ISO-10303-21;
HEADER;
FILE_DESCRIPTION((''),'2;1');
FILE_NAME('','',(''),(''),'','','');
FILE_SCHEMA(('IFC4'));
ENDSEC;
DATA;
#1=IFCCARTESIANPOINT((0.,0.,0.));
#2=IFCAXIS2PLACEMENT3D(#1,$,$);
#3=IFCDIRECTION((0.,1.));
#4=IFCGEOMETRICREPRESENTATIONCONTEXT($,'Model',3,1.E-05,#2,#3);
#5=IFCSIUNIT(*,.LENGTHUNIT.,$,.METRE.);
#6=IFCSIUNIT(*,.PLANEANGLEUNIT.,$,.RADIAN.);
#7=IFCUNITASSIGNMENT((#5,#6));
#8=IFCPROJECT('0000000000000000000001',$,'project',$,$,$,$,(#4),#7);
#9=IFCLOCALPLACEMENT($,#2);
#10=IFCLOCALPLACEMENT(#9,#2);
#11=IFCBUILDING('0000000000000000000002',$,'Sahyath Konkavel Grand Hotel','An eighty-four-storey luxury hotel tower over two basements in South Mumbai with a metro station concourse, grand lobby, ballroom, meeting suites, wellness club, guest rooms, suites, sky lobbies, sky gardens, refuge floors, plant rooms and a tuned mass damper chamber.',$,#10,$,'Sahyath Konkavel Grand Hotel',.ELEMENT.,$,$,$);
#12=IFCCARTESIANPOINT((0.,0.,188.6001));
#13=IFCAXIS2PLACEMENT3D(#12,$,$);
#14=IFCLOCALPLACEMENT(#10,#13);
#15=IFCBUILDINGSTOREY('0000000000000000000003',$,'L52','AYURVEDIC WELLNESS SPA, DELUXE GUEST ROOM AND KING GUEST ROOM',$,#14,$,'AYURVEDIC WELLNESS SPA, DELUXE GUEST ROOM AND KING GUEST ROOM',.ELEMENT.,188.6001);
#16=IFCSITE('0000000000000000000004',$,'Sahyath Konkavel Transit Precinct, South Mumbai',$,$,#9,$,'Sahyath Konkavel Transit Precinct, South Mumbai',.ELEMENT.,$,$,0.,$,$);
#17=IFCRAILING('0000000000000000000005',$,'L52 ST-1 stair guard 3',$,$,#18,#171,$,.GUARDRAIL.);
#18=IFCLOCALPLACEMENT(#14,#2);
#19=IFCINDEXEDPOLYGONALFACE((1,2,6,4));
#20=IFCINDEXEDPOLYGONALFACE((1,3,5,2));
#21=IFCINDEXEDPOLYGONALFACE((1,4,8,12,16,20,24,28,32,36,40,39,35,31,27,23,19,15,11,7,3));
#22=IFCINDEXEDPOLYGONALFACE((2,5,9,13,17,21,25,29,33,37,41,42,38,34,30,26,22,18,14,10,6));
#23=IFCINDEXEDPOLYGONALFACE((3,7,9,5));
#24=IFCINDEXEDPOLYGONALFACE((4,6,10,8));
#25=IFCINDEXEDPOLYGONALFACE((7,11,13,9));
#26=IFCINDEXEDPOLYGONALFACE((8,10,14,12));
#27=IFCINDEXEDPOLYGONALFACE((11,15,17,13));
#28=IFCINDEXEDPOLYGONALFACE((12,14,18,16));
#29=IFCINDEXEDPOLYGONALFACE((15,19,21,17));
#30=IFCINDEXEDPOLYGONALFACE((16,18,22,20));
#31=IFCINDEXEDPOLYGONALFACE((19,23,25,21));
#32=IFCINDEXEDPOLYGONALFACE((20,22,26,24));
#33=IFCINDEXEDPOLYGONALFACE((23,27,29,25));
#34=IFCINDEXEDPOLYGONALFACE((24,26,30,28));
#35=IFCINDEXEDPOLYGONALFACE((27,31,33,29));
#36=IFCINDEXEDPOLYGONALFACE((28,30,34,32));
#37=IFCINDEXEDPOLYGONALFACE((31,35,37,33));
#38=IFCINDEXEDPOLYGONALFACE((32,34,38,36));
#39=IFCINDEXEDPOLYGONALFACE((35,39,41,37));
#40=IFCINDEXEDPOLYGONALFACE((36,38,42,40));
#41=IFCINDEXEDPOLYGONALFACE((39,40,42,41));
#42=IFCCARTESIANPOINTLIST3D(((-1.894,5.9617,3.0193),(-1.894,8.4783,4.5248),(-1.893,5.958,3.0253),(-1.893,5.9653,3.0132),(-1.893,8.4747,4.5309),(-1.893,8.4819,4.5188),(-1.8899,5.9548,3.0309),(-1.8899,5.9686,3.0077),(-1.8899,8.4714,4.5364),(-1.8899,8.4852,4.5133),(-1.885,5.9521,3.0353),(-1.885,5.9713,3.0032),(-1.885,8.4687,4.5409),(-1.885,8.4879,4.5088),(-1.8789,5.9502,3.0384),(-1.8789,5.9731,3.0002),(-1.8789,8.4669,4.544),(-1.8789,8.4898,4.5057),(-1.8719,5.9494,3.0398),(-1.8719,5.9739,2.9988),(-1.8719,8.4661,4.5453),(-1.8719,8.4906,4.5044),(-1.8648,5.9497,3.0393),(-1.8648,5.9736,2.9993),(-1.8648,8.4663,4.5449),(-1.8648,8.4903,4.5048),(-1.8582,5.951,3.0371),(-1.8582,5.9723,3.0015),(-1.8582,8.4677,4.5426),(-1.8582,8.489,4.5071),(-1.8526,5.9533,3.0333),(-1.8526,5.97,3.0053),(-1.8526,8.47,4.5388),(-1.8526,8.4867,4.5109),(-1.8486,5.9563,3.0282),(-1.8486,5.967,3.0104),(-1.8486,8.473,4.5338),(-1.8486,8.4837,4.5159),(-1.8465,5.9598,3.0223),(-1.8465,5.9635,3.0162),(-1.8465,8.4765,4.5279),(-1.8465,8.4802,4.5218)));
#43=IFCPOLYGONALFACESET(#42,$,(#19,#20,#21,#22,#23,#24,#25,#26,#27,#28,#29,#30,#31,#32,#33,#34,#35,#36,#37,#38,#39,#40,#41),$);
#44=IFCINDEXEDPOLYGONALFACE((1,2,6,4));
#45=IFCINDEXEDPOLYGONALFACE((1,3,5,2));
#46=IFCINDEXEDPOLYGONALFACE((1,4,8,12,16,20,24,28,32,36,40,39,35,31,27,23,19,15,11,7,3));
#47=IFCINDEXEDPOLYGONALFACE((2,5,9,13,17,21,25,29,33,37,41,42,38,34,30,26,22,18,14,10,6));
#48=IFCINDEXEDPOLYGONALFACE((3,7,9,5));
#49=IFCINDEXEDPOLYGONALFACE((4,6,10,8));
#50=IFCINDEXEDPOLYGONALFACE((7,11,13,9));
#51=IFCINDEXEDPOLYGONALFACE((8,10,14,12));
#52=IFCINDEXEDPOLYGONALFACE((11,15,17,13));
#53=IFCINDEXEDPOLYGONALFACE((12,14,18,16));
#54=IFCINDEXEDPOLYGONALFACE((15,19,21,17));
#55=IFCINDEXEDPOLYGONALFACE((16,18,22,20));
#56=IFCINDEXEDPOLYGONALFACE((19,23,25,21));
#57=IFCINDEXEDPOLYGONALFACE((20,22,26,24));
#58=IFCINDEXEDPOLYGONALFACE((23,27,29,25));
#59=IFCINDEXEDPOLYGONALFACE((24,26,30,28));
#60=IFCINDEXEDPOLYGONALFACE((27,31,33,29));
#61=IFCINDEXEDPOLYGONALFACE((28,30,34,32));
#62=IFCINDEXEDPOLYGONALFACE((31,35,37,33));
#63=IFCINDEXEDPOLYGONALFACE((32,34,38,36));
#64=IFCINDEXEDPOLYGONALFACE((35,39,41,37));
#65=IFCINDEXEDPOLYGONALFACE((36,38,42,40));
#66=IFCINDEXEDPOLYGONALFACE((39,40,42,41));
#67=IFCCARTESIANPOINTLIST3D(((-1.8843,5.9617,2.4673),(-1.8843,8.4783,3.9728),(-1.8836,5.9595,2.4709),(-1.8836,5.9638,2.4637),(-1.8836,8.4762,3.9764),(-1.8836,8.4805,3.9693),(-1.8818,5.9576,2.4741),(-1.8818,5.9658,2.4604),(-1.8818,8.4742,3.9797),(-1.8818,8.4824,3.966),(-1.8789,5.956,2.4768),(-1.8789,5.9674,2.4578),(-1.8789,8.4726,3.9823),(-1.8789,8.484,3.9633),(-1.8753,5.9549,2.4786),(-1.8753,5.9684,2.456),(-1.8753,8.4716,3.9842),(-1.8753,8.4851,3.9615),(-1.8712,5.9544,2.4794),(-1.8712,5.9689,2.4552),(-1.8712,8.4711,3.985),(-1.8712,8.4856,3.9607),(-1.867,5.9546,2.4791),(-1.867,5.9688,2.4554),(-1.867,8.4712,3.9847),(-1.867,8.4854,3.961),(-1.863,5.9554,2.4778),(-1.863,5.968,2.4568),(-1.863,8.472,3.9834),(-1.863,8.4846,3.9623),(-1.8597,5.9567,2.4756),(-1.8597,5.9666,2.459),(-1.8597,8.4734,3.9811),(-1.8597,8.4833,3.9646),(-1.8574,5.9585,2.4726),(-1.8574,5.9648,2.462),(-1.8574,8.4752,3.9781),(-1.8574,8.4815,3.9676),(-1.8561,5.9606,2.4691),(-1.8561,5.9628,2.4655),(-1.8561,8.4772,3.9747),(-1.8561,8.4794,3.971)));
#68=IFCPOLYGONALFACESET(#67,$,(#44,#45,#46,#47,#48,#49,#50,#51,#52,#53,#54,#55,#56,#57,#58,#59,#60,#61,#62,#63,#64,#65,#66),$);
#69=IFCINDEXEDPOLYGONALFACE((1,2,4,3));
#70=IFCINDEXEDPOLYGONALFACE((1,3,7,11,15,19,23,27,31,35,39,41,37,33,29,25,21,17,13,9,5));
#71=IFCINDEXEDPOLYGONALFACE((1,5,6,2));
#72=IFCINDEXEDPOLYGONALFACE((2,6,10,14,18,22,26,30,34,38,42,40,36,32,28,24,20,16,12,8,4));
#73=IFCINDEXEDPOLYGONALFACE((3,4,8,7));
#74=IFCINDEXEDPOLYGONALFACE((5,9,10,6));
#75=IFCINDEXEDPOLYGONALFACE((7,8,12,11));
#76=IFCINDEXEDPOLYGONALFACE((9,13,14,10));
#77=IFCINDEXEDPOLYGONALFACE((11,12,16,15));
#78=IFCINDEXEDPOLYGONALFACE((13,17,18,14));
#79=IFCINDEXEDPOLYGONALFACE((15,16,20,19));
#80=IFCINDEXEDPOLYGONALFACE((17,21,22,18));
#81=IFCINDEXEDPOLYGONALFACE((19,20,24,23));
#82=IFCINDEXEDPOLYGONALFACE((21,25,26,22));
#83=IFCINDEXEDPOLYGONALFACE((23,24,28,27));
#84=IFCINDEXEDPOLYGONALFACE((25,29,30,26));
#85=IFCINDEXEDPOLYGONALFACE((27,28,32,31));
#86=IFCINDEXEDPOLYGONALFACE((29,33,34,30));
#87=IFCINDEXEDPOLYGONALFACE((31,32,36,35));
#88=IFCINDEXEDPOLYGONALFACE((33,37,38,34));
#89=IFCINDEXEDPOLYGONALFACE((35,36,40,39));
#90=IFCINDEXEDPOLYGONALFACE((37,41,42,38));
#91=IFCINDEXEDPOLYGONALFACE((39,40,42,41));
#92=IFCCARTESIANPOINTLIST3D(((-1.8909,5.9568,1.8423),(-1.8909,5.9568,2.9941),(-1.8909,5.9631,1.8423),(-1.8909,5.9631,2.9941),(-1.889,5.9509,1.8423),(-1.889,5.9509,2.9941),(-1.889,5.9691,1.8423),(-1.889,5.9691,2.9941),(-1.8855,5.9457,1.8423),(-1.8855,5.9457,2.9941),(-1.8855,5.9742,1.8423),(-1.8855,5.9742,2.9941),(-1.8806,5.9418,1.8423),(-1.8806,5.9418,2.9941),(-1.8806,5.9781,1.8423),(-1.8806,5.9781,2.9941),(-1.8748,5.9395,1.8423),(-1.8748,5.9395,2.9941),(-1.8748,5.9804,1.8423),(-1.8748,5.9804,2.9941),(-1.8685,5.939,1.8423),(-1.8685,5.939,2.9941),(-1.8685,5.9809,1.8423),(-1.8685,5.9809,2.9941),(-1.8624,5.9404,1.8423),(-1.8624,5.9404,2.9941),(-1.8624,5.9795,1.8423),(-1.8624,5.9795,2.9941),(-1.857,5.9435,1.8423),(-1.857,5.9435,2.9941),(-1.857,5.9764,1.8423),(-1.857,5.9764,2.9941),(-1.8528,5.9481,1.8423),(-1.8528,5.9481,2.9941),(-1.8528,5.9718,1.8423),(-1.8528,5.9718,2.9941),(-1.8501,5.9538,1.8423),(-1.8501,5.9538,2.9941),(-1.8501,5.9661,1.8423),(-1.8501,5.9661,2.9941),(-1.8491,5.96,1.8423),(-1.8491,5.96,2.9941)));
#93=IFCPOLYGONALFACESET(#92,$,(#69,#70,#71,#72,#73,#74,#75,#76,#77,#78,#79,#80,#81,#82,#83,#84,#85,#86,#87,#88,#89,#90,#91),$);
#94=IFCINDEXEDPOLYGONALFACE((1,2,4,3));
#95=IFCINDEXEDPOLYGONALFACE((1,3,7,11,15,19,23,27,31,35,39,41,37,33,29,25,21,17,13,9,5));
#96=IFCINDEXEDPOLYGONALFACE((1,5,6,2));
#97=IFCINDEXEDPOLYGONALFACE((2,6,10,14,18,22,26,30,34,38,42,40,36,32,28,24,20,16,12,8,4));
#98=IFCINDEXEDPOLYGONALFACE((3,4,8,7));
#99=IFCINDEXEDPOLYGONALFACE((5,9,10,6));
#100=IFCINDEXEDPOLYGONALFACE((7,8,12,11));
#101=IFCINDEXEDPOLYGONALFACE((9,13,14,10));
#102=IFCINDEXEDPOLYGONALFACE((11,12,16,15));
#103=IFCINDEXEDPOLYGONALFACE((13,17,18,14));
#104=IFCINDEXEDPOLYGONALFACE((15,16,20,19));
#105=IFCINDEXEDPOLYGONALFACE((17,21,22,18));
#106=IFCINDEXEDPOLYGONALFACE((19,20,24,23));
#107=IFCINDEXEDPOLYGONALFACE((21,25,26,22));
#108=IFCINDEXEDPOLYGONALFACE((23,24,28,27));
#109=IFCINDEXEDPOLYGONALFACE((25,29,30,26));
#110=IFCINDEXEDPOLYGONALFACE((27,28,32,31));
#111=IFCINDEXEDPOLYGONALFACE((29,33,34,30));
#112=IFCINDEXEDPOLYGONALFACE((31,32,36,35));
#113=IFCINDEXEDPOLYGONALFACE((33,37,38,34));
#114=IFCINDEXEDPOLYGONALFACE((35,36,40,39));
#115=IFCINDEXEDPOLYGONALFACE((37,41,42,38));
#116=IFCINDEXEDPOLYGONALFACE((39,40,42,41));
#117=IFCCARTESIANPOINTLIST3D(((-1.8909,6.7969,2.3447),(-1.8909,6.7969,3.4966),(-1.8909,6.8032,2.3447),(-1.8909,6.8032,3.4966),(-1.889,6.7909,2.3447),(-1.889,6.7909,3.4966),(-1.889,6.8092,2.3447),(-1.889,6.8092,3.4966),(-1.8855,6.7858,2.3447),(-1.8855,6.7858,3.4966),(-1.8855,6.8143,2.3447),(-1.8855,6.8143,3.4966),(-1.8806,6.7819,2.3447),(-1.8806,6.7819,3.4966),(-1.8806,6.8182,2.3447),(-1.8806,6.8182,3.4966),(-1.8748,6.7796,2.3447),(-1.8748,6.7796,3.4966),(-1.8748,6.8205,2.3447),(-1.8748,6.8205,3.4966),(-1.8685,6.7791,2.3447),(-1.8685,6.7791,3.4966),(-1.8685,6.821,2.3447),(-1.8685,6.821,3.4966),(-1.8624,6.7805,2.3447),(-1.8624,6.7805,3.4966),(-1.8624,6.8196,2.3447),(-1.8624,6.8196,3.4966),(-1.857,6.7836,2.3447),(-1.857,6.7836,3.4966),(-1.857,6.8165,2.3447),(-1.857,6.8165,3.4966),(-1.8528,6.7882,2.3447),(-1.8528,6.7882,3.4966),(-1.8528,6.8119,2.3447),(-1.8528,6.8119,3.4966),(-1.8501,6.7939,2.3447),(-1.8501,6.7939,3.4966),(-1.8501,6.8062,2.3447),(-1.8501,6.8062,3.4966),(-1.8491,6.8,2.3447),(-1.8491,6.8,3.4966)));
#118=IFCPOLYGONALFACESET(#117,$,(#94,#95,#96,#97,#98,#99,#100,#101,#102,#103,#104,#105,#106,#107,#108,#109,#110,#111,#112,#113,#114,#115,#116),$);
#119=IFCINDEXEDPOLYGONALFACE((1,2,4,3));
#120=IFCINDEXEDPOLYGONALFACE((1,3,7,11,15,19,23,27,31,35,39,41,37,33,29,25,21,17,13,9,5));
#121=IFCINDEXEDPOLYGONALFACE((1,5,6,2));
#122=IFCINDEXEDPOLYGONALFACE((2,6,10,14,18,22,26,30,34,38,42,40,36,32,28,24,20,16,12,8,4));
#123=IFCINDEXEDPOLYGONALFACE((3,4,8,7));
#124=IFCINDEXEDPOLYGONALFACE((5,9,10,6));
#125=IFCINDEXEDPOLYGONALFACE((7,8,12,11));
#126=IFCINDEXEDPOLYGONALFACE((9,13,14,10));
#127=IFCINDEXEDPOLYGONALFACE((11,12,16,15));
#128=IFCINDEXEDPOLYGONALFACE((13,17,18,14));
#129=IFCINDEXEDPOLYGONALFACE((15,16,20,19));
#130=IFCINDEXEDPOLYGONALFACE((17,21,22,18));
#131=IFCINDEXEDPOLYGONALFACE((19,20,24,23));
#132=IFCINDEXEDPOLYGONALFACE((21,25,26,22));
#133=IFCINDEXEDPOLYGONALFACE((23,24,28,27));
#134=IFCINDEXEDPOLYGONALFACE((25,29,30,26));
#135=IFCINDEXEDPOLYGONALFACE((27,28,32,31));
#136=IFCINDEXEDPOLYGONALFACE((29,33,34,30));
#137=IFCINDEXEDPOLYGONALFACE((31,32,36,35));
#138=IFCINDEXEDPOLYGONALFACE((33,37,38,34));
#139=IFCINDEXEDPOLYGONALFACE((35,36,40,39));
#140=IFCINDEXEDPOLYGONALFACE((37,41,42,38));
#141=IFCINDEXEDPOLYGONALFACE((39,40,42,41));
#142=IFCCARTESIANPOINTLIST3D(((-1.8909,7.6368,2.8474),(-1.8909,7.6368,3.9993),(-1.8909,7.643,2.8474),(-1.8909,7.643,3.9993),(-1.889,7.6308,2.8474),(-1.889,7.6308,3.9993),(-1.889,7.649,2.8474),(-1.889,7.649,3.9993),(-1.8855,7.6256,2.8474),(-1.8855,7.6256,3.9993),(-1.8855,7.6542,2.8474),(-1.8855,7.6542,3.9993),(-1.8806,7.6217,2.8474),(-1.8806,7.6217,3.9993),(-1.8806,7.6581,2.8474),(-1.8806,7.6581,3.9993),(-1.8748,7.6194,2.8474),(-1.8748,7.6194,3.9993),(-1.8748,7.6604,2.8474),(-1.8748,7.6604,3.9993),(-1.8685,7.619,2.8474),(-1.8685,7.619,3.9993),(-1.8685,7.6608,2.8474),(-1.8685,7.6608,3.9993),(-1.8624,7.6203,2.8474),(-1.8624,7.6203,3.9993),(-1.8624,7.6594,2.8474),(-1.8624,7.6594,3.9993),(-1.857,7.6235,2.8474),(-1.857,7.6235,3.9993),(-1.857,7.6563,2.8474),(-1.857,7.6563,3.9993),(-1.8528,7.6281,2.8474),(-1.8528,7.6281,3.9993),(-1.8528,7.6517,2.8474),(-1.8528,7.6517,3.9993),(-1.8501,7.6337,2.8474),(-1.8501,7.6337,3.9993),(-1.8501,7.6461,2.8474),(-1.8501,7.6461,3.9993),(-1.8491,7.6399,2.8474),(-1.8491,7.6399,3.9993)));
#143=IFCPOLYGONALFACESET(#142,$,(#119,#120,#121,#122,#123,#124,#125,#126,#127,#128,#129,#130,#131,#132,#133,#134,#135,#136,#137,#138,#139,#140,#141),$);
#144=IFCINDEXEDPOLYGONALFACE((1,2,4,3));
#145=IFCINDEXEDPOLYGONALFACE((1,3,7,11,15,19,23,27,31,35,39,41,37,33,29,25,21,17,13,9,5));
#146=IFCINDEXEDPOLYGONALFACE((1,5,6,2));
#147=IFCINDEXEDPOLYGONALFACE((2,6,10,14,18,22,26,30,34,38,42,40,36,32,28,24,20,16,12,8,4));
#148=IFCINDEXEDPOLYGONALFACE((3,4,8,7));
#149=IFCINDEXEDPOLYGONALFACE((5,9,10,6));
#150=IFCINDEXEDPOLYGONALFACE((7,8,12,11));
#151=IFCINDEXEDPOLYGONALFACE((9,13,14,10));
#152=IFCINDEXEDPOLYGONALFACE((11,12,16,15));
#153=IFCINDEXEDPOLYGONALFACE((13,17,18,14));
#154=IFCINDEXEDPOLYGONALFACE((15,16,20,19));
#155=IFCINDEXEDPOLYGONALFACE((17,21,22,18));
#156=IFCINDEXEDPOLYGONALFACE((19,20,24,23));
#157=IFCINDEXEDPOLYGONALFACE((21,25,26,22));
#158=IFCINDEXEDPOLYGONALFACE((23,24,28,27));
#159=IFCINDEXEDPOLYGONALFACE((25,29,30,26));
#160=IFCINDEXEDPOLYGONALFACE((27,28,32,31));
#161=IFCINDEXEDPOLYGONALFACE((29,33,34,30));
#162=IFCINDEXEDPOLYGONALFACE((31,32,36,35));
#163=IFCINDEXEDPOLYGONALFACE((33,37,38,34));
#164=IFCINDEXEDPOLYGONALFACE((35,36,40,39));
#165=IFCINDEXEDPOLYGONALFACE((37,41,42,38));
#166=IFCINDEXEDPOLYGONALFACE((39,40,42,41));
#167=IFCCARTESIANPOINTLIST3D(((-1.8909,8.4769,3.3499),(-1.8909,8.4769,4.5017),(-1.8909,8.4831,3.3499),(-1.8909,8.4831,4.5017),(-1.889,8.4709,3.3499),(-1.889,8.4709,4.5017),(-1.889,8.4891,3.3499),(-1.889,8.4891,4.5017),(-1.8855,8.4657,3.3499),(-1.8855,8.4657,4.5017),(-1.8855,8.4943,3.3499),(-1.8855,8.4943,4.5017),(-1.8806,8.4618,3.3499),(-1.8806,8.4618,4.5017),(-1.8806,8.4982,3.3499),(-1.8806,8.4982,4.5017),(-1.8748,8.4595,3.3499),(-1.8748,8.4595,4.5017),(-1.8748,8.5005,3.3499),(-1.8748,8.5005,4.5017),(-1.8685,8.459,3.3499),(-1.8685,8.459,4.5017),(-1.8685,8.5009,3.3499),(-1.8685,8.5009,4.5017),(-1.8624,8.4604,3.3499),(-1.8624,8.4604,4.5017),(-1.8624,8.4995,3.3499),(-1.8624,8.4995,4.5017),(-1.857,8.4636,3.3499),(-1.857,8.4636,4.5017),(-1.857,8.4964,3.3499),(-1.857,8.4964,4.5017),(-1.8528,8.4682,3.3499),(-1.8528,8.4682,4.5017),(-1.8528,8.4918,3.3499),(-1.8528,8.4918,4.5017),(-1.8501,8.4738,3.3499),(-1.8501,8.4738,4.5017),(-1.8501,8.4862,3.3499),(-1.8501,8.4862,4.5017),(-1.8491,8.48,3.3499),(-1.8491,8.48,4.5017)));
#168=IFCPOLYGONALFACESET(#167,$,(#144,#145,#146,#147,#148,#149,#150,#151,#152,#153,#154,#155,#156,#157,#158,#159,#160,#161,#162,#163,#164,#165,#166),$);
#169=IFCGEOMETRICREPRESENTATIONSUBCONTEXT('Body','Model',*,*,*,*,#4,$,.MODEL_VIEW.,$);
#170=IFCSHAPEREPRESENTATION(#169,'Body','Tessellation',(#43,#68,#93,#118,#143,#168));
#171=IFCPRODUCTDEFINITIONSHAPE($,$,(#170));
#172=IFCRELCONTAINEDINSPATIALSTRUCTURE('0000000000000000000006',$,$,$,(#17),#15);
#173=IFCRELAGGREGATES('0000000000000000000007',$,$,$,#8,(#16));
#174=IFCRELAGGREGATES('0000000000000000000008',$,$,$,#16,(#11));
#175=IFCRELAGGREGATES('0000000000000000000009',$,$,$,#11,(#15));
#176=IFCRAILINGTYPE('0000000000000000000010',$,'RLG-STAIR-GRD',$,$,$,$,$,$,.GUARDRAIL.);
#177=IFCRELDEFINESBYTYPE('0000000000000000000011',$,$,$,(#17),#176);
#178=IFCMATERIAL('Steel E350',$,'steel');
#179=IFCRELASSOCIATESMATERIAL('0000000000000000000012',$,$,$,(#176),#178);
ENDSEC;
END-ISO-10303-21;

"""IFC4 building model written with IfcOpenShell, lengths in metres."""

from ifc_helpers import new_model, si_unit, direction, frame, origin, origin_2d, place, context, subcontext, project, spatial, circle, extrude, material, type_object, element, save


model = new_model("IFC4")

# Units and contexts
model_context = context("Model", 3, precision=1e-05, world=origin(), true_north=direction((0.0, 1.0)))
body_context = subcontext(model_context, "Body", "Model", "MODEL_VIEW")
ifc_project = project(units=[si_unit("LENGTHUNIT", "METRE"), si_unit("PLANEANGLEUNIT", "RADIAN")], contexts=[model_context])

# Site, building, storey
site_placement = place(None, origin())
site = spatial("IfcSite", under=ifc_project, at=site_placement, Name="Sahyath Konkavel Transit Precinct, South Mumbai", LongName="Sahyath Konkavel Transit Precinct, South Mumbai", CompositionType="ELEMENT", RefElevation=0.0)
building_placement = place(site_placement, origin())
building = spatial("IfcBuilding", under=site, at=building_placement, Name="Sahyath Konkavel Grand Hotel", Description="An eighty-four-storey luxury hotel tower over two basements in South Mumbai with a metro station concourse, grand lobby, ballroom, meeting suites, wellness club, guest rooms, suites, sky lobbies, sky gardens, refuge floors, plant rooms and a tuned mass damper chamber.", LongName="Sahyath Konkavel Grand Hotel", CompositionType="ELEMENT")
storey_placement = place(building_placement, frame((0.0, 0.0, 188.6001)))
storey = spatial("IfcBuildingStorey", under=building, at=storey_placement, Name="L52", Description="AYURVEDIC WELLNESS SPA, DELUXE GUEST ROOM AND KING GUEST ROOM", LongName="AYURVEDIC WELLNESS SPA, DELUXE GUEST ROOM AND KING GUEST ROOM", CompositionType="ELEMENT", Elevation=188.6001)

# Shared definitions
ifc_material_1 = material(Name="Steel E350", Category="steel")

# Railing
railing_type = type_object("IfcRailingType", Name="RLG-STAIR-GRD", PredefinedType="GUARDRAIL", material=ifc_material_1)
railing_1_placement = place(storey_placement, frame((-1.8701, 5.96, 1.8423)))
element("IfcRailing", 1, at=railing_1_placement, inside=storey, type_object=railing_type, Name="L52 ST-1 stair guard 3", PredefinedType="GUARDRAIL", context=body_context, shape_type="SweptSolid", body=[
    extrude(circle(Radius=0.0239, at=origin_2d()), frame((0.0, 0.0017, 1.177), z_axis=(0.0, 0.85816, 0.513383), x_axis=(-1.0, 0.0, 0.0)), (0.0, 0.0, 1.0), 2.9326),
    extrude(circle(Radius=0.0142, at=origin_2d()), frame((0.0, 0.0017, 0.625), z_axis=(0.0, 0.85816, 0.513383), x_axis=(-1.0, 0.0, 0.0)), (0.0, 0.0, 1.0), 2.9326),
    extrude(circle(Radius=0.021, at=origin_2d()), origin(), (0.0, 0.0, 1.0), 1.1519),
    extrude(circle(Radius=0.021, at=origin_2d()), frame((0.0, 0.8401, 0.5024)), (0.0, 0.0, 1.0), 1.1519),
    extrude(circle(Radius=0.021, at=origin_2d()), frame((0.0, 1.6799, 1.0051)), (0.0, 0.0, 1.0), 1.1519),
    extrude(circle(Radius=0.021, at=origin_2d()), frame((0.0, 2.52, 1.5076)), (0.0, 0.0, 1.0), 1.1519),
])

save(model, "model.ifc")
